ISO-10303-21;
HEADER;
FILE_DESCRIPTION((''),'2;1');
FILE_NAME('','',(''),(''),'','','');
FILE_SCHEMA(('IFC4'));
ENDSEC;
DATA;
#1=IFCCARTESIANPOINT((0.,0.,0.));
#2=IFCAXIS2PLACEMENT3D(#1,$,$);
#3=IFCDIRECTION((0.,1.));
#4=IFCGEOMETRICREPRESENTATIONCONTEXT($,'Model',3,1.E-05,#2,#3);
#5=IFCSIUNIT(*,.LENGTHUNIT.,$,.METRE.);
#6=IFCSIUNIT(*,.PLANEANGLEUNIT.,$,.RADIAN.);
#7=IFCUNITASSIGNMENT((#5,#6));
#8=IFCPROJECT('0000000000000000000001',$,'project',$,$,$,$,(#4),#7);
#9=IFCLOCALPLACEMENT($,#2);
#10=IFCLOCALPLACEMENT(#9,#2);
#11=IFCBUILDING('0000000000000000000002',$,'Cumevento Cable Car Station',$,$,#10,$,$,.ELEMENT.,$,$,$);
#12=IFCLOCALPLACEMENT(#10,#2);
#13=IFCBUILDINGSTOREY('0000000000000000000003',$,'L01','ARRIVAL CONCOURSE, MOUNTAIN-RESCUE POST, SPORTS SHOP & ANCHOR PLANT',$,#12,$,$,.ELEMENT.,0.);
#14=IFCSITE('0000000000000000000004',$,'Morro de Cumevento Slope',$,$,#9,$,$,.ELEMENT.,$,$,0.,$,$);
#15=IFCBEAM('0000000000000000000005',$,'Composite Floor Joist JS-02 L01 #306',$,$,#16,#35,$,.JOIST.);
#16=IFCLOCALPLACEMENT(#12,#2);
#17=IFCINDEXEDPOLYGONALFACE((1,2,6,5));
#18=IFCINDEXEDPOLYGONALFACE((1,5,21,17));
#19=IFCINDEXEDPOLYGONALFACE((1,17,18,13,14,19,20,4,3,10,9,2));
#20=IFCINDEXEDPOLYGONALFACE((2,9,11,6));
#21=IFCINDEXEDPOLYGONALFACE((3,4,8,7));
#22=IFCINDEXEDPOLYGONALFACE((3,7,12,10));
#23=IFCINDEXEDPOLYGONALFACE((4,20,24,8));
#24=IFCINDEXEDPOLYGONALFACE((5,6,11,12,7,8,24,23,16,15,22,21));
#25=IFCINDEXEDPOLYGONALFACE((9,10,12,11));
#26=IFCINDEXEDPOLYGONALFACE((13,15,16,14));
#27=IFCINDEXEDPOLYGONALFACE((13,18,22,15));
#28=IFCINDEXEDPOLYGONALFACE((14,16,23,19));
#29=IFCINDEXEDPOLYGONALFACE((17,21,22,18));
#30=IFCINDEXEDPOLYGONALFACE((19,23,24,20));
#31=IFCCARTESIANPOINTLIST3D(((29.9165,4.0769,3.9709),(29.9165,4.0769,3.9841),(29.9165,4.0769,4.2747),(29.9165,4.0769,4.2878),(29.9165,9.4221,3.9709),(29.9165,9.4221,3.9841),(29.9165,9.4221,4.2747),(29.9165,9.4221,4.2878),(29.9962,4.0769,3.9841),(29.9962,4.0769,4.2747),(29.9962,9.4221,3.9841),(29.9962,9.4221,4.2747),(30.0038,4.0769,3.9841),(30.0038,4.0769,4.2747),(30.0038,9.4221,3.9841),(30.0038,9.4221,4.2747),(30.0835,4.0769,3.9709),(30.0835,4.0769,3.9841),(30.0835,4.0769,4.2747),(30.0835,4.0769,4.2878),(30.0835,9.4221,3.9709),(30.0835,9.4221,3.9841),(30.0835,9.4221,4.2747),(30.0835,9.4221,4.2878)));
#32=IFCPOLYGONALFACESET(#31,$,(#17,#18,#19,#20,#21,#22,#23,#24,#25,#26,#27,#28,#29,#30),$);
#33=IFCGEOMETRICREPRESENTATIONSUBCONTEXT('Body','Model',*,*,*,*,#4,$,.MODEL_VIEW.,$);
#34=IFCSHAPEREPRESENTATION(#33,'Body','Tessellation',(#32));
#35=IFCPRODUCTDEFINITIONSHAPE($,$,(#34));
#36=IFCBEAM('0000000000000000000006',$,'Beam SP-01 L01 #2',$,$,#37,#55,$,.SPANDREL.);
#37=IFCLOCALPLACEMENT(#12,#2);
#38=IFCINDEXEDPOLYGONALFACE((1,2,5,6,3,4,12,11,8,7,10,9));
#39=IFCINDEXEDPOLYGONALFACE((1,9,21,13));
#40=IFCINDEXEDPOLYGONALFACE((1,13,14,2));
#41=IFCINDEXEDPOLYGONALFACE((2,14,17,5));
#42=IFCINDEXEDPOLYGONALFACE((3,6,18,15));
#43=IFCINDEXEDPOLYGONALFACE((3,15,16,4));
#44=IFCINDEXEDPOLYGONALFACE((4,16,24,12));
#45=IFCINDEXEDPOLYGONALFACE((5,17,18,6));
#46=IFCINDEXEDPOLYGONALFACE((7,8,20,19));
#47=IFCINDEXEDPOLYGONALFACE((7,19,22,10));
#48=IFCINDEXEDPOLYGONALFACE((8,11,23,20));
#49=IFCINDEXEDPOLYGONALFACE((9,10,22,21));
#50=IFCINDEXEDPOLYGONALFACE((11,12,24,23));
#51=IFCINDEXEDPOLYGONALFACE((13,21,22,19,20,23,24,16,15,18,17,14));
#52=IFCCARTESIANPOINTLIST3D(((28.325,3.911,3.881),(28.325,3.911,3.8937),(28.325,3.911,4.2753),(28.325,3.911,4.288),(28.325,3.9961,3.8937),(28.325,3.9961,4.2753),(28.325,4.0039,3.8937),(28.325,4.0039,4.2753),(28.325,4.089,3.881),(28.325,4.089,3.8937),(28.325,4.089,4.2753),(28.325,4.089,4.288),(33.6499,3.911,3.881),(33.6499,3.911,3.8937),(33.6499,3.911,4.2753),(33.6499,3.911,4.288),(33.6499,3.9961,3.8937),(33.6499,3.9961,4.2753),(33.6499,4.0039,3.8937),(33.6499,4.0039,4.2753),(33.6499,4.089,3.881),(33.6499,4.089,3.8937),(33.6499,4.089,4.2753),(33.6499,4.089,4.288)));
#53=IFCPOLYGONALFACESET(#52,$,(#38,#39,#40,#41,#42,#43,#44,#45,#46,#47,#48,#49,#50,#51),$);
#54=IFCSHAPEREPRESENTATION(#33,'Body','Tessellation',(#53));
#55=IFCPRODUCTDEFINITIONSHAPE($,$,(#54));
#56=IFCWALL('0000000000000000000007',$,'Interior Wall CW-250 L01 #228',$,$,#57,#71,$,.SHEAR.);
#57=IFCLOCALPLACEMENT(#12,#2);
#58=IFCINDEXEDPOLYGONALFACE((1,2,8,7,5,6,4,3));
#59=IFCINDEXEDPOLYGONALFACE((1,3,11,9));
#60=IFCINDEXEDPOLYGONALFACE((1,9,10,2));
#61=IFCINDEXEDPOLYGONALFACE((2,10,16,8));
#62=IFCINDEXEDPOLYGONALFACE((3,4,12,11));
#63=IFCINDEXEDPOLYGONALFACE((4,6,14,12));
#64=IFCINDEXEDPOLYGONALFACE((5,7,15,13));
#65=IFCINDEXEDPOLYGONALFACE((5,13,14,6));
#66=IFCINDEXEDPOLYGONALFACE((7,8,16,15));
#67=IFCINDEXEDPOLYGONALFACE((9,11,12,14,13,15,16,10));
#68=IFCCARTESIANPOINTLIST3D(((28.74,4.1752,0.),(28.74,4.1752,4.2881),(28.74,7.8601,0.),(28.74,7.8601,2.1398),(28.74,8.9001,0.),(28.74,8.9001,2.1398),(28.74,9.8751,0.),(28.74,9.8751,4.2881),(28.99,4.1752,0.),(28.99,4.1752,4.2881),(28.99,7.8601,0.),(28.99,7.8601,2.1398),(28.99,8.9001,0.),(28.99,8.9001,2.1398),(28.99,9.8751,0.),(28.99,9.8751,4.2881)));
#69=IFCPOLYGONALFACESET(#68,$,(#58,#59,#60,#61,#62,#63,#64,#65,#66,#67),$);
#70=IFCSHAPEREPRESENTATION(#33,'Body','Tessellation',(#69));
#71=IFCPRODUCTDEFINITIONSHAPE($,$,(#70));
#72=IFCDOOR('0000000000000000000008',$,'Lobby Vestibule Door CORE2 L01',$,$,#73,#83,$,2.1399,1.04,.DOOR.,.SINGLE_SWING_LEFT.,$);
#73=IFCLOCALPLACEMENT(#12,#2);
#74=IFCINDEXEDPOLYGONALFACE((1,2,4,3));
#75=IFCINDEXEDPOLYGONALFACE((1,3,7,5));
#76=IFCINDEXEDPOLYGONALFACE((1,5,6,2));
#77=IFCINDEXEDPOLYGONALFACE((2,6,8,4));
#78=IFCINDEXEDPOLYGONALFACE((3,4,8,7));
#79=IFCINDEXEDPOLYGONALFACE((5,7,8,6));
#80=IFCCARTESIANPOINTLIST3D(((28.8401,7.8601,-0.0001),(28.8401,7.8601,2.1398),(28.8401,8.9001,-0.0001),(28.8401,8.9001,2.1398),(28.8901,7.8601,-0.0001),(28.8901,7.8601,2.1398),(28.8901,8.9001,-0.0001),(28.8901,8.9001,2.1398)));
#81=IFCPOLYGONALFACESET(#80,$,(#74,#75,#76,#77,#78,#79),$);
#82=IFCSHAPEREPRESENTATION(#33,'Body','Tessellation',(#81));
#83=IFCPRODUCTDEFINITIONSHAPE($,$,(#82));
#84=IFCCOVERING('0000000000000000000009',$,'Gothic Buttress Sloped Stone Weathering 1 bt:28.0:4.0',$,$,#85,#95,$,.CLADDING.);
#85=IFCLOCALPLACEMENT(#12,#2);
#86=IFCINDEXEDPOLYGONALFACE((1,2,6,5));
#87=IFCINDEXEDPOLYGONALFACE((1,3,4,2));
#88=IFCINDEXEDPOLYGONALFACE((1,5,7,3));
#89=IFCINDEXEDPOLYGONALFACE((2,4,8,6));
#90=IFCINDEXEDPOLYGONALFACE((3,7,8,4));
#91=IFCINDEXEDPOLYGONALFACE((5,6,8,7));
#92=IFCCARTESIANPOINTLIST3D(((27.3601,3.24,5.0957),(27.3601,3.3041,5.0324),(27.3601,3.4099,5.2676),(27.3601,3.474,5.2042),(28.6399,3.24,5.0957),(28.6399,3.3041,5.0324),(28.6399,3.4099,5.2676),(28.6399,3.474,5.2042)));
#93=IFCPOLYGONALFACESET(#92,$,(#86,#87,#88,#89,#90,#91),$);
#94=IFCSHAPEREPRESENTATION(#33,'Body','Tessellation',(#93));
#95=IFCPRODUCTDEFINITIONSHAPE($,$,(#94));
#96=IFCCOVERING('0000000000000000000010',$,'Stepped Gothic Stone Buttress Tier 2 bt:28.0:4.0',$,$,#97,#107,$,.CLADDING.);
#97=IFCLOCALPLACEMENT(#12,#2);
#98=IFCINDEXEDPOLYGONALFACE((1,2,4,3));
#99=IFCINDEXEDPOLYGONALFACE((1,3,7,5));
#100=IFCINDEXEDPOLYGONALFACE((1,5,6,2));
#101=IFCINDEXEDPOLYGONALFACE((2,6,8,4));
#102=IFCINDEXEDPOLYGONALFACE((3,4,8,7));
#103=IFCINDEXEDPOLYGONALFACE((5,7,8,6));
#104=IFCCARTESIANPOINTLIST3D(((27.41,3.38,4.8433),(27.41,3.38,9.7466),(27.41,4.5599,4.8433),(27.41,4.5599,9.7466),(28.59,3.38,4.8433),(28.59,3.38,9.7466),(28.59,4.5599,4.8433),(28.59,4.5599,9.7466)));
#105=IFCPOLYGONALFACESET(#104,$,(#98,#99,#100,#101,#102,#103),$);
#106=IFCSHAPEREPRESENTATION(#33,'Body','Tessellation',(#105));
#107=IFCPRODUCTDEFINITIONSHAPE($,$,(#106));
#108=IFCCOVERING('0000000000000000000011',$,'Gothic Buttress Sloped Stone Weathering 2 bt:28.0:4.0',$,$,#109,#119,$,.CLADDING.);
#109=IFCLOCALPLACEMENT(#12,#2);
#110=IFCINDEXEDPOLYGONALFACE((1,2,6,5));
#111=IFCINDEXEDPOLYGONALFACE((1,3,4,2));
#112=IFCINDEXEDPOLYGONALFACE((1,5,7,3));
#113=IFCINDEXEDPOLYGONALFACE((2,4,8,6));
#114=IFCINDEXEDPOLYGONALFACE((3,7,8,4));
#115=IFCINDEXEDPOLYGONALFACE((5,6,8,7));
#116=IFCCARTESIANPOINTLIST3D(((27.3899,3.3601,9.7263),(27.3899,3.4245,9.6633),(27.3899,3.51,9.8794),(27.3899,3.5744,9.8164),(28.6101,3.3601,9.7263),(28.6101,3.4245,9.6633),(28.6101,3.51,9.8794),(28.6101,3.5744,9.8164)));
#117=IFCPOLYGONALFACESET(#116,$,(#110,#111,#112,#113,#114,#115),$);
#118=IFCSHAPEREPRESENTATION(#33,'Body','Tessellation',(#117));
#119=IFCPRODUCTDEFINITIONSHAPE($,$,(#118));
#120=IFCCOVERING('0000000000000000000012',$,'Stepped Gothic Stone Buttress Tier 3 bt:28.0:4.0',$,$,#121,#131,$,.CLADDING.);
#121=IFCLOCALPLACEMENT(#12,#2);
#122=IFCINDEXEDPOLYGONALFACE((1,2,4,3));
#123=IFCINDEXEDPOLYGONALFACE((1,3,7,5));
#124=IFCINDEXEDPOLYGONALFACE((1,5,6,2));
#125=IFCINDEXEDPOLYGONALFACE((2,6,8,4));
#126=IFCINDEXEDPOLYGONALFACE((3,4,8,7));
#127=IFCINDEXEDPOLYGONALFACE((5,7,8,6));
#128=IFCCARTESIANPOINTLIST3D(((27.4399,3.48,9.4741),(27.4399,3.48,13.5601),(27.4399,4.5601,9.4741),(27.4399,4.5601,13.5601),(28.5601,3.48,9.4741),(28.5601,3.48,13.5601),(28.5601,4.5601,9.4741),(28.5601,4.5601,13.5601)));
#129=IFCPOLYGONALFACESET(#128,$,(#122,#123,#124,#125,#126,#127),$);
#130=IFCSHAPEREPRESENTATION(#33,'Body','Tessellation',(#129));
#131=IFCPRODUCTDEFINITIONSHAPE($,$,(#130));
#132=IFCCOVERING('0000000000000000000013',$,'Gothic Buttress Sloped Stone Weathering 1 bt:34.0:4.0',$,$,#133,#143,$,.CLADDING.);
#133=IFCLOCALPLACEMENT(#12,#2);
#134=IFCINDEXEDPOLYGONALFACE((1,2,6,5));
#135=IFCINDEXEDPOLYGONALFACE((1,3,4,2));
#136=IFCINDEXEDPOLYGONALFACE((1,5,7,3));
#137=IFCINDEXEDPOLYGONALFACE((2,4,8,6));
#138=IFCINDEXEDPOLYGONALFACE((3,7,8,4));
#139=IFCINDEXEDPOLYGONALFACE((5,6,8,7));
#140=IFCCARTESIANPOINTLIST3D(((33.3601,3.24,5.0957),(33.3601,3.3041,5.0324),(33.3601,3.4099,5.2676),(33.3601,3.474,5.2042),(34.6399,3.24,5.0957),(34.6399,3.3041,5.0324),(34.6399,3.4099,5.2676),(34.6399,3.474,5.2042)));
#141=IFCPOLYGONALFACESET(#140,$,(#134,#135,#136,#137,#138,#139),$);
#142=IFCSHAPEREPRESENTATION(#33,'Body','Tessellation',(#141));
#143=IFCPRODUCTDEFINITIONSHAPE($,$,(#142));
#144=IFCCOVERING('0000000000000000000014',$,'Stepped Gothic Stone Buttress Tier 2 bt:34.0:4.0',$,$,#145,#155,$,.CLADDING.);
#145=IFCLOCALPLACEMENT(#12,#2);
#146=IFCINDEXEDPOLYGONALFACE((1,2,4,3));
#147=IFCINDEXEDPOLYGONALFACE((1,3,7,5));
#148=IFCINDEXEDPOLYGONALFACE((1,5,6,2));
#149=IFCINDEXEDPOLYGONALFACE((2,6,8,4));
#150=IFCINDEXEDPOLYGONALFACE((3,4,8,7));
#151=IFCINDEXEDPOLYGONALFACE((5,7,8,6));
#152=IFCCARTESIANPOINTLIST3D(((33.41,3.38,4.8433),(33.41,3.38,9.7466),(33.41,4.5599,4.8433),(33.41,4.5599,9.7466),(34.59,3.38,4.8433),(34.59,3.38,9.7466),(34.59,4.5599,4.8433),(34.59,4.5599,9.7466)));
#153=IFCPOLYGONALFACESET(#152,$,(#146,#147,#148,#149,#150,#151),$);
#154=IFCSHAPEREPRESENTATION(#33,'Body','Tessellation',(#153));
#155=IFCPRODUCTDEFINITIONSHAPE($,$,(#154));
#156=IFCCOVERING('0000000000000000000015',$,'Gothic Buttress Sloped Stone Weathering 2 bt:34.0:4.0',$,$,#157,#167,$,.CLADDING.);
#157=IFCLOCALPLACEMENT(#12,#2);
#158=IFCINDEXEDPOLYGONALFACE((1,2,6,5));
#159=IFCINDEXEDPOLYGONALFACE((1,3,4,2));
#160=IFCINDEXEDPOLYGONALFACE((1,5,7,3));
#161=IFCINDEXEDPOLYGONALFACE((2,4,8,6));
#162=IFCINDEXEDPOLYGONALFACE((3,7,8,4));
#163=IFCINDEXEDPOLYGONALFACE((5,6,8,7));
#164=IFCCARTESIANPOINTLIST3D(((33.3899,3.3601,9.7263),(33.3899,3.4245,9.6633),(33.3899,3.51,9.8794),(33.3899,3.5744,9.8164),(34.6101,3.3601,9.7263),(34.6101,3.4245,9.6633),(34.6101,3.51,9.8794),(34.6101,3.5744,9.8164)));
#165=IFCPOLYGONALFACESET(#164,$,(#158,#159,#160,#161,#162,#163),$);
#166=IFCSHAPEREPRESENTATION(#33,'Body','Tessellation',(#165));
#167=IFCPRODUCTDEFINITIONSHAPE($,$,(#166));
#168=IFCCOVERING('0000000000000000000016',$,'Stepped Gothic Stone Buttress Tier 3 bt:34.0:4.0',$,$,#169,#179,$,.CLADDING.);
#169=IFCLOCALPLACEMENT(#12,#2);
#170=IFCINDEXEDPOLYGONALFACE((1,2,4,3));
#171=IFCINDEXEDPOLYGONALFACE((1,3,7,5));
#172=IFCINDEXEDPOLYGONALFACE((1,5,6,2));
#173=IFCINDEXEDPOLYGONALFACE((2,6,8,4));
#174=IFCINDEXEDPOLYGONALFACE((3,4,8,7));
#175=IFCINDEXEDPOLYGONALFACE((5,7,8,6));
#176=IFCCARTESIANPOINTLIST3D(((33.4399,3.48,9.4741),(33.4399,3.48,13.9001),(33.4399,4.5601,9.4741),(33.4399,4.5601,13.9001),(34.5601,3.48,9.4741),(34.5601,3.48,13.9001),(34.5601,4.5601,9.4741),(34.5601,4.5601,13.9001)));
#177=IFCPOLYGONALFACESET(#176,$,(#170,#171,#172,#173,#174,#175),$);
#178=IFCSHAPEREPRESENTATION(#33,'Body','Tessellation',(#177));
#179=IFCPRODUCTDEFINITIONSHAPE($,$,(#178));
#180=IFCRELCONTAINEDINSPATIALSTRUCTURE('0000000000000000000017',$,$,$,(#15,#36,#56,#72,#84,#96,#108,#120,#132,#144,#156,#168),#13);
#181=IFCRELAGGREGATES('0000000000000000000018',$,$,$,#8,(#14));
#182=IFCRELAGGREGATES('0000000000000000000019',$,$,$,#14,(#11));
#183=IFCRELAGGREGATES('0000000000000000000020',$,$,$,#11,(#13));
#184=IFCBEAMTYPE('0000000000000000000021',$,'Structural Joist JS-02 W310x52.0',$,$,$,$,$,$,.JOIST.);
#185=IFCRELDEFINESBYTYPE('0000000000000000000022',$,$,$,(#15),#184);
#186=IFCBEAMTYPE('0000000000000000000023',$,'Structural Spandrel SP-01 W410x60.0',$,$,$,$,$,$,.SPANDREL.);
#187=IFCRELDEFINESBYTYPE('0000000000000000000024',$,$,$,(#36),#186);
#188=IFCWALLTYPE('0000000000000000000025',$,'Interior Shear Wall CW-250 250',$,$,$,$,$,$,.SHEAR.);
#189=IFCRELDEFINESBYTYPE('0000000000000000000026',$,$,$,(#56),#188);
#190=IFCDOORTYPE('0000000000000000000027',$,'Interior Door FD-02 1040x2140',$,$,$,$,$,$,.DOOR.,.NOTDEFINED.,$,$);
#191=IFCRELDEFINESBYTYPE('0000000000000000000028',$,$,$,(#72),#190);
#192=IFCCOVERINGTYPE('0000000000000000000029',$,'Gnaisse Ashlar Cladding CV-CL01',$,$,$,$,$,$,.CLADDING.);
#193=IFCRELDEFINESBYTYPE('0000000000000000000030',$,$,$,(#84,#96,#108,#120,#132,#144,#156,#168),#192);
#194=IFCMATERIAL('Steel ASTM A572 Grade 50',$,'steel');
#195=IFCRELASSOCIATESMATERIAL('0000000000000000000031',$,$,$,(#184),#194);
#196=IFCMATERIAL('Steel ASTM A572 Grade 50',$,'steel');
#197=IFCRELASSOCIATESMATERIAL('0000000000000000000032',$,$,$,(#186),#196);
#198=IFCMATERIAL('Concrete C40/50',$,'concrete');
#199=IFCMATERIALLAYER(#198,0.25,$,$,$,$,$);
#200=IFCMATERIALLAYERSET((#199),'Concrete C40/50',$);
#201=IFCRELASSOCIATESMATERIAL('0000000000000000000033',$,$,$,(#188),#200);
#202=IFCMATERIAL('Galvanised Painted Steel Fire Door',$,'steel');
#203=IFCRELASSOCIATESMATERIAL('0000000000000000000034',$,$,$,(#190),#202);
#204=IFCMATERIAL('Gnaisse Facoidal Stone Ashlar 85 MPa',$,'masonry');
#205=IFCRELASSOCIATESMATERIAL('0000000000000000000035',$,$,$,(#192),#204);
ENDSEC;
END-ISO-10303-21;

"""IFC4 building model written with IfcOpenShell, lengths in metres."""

from ifc_helpers import new_model, si_unit, direction, frame, frame_2d, origin, origin_2d, place, context, subcontext, project, spatial, polyline, rectangle, i_section, outline, extrude, material, layer, layer_set, material_profile, profile_set, type_object, element, fill, save


model = new_model("IFC4")

# Units and contexts
model_context = context("Model", 3, precision=1e-05, world=origin(), true_north=direction((0.0, 1.0)))
body_context = subcontext(model_context, "Body", "Model", "MODEL_VIEW")
ifc_project = project(units=[si_unit("LENGTHUNIT", "METRE"), si_unit("PLANEANGLEUNIT", "RADIAN")], contexts=[model_context])

# Site, building, storey
site_placement = place(None, origin())
site = spatial("IfcSite", under=ifc_project, at=site_placement, Name="Morro de Cumevento Slope", CompositionType="ELEMENT", RefElevation=0.0)
building_placement = place(site_placement, origin())
building = spatial("IfcBuilding", under=site, at=building_placement, Name="Cumevento Cable Car Station", CompositionType="ELEMENT")
storey_placement = place(building_placement, origin())
storey = spatial("IfcBuildingStorey", under=building, at=storey_placement, Name="L01", Description="ARRIVAL CONCOURSE, MOUNTAIN-RESCUE POST, SPORTS SHOP & ANCHOR PLANT", CompositionType="ELEMENT", Elevation=0.0)

# Beams
ifc_material_1 = material(Name="Steel ASTM A572 Grade 50", Category="steel")
ifc_material_profile_1 = material_profile(ifc_material_1, i_section(OverallWidth=0.167, OverallDepth=0.3169, WebThickness=0.0076, FlangeThickness=0.0132, at=origin_2d()), Name="W310x52.0")
ifc_profile_set_1 = profile_set([ifc_material_profile_1], Name="Steel ASTM A572 Grade 50")
beam_type_1 = type_object("IfcBeamType", Name="Structural Joist JS-02 W310x52.0", PredefinedType="JOIST", material=ifc_profile_set_1)
beam_1_placement = place(storey_placement, frame((30.0, 4.0769, 4.1294), z_axis=(0.0, 1.0, 0.0), x_axis=(-1.0, 0.0, 0.0)))
element("IfcBeam", 1, at=beam_1_placement, inside=storey, type_object=beam_type_1, Name="Composite Floor Joist JS-02 L01 #306", PredefinedType="JOIST", context=body_context, shape_type="SweptSolid", body=[
    extrude(i_section(OverallWidth=0.167, OverallDepth=0.3169, WebThickness=0.0076, FlangeThickness=0.0132, at=origin_2d()), origin(), (0.0, 0.0, 1.0), 5.3452),
])
ifc_material_2 = material(Name="Steel ASTM A572 Grade 50", Category="steel")
ifc_material_profile_2 = material_profile(ifc_material_2, i_section(OverallWidth=0.178, OverallDepth=0.407, WebThickness=0.0078, FlangeThickness=0.0127, at=origin_2d()), Name="W410x60.0")
ifc_profile_set_2 = profile_set([ifc_material_profile_2], Name="Steel ASTM A572 Grade 50")
beam_type_2 = type_object("IfcBeamType", Name="Structural Spandrel SP-01 W410x60.0", PredefinedType="SPANDREL", material=ifc_profile_set_2)
beam_2_placement = place(storey_placement, frame((28.325, 4.0, 4.0845), z_axis=(1.0, 0.0, 0.0), x_axis=(0.0, 1.0, 0.0)))
element("IfcBeam", 2, at=beam_2_placement, inside=storey, type_object=beam_type_2, Name="Beam SP-01 L01 #2", PredefinedType="SPANDREL", context=body_context, shape_type="SweptSolid", body=[
    extrude(i_section(OverallWidth=0.178, OverallDepth=0.407, WebThickness=0.0078, FlangeThickness=0.0127, at=origin_2d()), origin(), (0.0, 0.0, 1.0), 5.325),
])

# Wall, opening, door
ifc_material_3 = material(Name="Concrete C40/50", Category="concrete")
ifc_layer = layer(ifc_material_3, 0.25)
ifc_layer_set = layer_set([ifc_layer], Name="Concrete C40/50")
wall_type = type_object("IfcWallType", Name="Interior Shear Wall CW-250 250", PredefinedType="SHEAR", material=ifc_layer_set)
wall_placement = place(storey_placement, frame((28.865, 4.175, 0.0), z_axis=(0.0, 0.0, 1.0), x_axis=(0.0, 1.0, 0.0)))
wall = element("IfcWall", 3, at=wall_placement, inside=storey, type_object=wall_type, Name="Interior Wall CW-250 L01 #228", PredefinedType="SHEAR", context=body_context, shape_type="SweptSolid", body=[
    extrude(rectangle(XDim=5.7, YDim=0.25, at=frame_2d((2.8501, 0.0))), origin(), (0.0, 0.0, 1.0), 4.2881),
])
opening_placement = place(wall_placement, frame((3.6851, 0.0, 0.0)))
opening = element("IfcOpeningElement", 4, at=opening_placement, cuts=wall, PredefinedType="OPENING", context=body_context, shape_type="SweptSolid", body=[
    extrude(rectangle(XDim=1.04, YDim=2.1399, at=frame_2d((0.52, 1.0698))), frame((0.0, 0.135, 0.0), z_axis=(0.0, -1.0, 0.0), x_axis=(1.0, 0.0, 0.0)), (0.0, 0.0, 1.0), 0.27),
])
ifc_material_4 = material(Name="Galvanised Painted Steel Fire Door", Category="steel")
door_type = type_object("IfcDoorType", Name="Interior Door FD-02 1040x2140", OperationType="NOTDEFINED", PredefinedType="DOOR", material=ifc_material_4)
door_placement = place(opening_placement, origin())
door = element("IfcDoor", 5, at=door_placement, inside=storey, type_object=door_type, Name="Lobby Vestibule Door CORE2 L01", OperationType="SINGLE_SWING_LEFT", OverallHeight=2.1399, OverallWidth=1.04, PredefinedType="DOOR", context=body_context, shape_type="SweptSolid", body=[
    extrude(rectangle(XDim=1.04, YDim=2.1399, at=frame_2d((0.52, 1.0698))), frame((0.0, 0.0249, 0.0), z_axis=(0.0, -1.0, 0.0), x_axis=(1.0, 0.0, 0.0)), (0.0, 0.0, 1.0), 0.05),
])
fill(opening, door)

# Coverings
ifc_material_5 = material(Name="Gnaisse Facoidal Stone Ashlar 85 MPa", Category="masonry")
covering_type = type_object("IfcCoveringType", Name="Gnaisse Ashlar Cladding CV-CL01", PredefinedType="CLADDING", material=ifc_material_5)
covering_1_placement = place(storey_placement, frame((27.3601, 3.24, 5.0957), z_axis=(0.0, -0.711136, 0.703055), x_axis=(1.0, 0.0, 0.0)))
element("IfcCovering", 6, at=covering_1_placement, inside=storey, type_object=covering_type, Name="Gothic Buttress Sloped Stone Weathering 1 bt:28.0:4.0", PredefinedType="CLADDING", context=body_context, shape_type="SweptSolid", body=[
    extrude(outline(polyline([(0.0, 0.0), (1.2798, 0.0), (1.2798, 0.2417), (0.0, 0.2417), (0.0, 0.0)])), origin(), (0.0, 0.0, -1.0), 0.0901),
])
covering_2_placement = place(storey_placement, frame((28.0, 3.97, 4.8433), z_axis=(0.0, 0.0, 1.0), x_axis=(1.0, 0.0, 0.0)))
element("IfcCovering", 7, at=covering_2_placement, inside=storey, type_object=covering_type, Name="Stepped Gothic Stone Buttress Tier 2 bt:28.0:4.0", PredefinedType="CLADDING", context=body_context, shape_type="SweptSolid", body=[
    extrude(rectangle(XDim=1.1799, YDim=1.1799, at=origin_2d()), origin(), (0.0, 0.0, 1.0), 4.9033),
])
covering_3_placement = place(storey_placement, frame((27.3899, 3.3601, 9.7263), z_axis=(0.0, -0.714475, 0.699661), x_axis=(1.0, 0.0, 0.0)))
element("IfcCovering", 8, at=covering_3_placement, inside=storey, type_object=covering_type, Name="Gothic Buttress Sloped Stone Weathering 2 bt:28.0:4.0", PredefinedType="CLADDING", context=body_context, shape_type="SweptSolid", body=[
    extrude(outline(polyline([(0.0, 0.0), (1.2202, 0.0), (1.2202, 0.2142), (0.0, 0.2142), (0.0, 0.0)])), origin(), (0.0, 0.0, -1.0), 0.0901),
])
covering_4_placement = place(storey_placement, frame((28.0, 4.02, 9.4741), z_axis=(0.0, 0.0, 1.0), x_axis=(1.0, 0.0, 0.0)))
element("IfcCovering", 9, at=covering_4_placement, inside=storey, type_object=covering_type, Name="Stepped Gothic Stone Buttress Tier 3 bt:28.0:4.0", PredefinedType="CLADDING", context=body_context, shape_type="SweptSolid", body=[
    extrude(rectangle(XDim=1.1201, YDim=1.0801, at=origin_2d()), origin(), (0.0, 0.0, 1.0), 4.0859),
])
covering_5_placement = place(storey_placement, frame((33.3601, 3.24, 5.0957), z_axis=(0.0, -0.711136, 0.703055), x_axis=(1.0, 0.0, 0.0)))
element("IfcCovering", 10, at=covering_5_placement, inside=storey, type_object=covering_type, Name="Gothic Buttress Sloped Stone Weathering 1 bt:34.0:4.0", PredefinedType="CLADDING", context=body_context, shape_type="SweptSolid", body=[
    extrude(outline(polyline([(0.0, 0.0), (1.2798, 0.0), (1.2798, 0.2417), (0.0, 0.2417), (0.0, 0.0)])), origin(), (0.0, 0.0, -1.0), 0.0901),
])
covering_6_placement = place(storey_placement, frame((34.0, 3.97, 4.8433), z_axis=(0.0, 0.0, 1.0), x_axis=(1.0, 0.0, 0.0)))
element("IfcCovering", 11, at=covering_6_placement, inside=storey, type_object=covering_type, Name="Stepped Gothic Stone Buttress Tier 2 bt:34.0:4.0", PredefinedType="CLADDING", context=body_context, shape_type="SweptSolid", body=[
    extrude(rectangle(XDim=1.1799, YDim=1.1799, at=origin_2d()), origin(), (0.0, 0.0, 1.0), 4.9033),
])
covering_7_placement = place(storey_placement, frame((33.3899, 3.3601, 9.7263), z_axis=(0.0, -0.714475, 0.699661), x_axis=(1.0, 0.0, 0.0)))
element("IfcCovering", 12, at=covering_7_placement, inside=storey, type_object=covering_type, Name="Gothic Buttress Sloped Stone Weathering 2 bt:34.0:4.0", PredefinedType="CLADDING", context=body_context, shape_type="SweptSolid", body=[
    extrude(outline(polyline([(0.0, 0.0), (1.2202, 0.0), (1.2202, 0.2142), (0.0, 0.2142), (0.0, 0.0)])), origin(), (0.0, 0.0, -1.0), 0.0901),
])
covering_8_placement = place(storey_placement, frame((34.0, 4.02, 9.4741), z_axis=(0.0, 0.0, 1.0), x_axis=(1.0, 0.0, 0.0)))
element("IfcCovering", 13, at=covering_8_placement, inside=storey, type_object=covering_type, Name="Stepped Gothic Stone Buttress Tier 3 bt:34.0:4.0", PredefinedType="CLADDING", context=body_context, shape_type="SweptSolid", body=[
    extrude(rectangle(XDim=1.1201, YDim=1.0801, at=origin_2d()), origin(), (0.0, 0.0, 1.0), 4.426),
])

save(model, "model.ifc")
